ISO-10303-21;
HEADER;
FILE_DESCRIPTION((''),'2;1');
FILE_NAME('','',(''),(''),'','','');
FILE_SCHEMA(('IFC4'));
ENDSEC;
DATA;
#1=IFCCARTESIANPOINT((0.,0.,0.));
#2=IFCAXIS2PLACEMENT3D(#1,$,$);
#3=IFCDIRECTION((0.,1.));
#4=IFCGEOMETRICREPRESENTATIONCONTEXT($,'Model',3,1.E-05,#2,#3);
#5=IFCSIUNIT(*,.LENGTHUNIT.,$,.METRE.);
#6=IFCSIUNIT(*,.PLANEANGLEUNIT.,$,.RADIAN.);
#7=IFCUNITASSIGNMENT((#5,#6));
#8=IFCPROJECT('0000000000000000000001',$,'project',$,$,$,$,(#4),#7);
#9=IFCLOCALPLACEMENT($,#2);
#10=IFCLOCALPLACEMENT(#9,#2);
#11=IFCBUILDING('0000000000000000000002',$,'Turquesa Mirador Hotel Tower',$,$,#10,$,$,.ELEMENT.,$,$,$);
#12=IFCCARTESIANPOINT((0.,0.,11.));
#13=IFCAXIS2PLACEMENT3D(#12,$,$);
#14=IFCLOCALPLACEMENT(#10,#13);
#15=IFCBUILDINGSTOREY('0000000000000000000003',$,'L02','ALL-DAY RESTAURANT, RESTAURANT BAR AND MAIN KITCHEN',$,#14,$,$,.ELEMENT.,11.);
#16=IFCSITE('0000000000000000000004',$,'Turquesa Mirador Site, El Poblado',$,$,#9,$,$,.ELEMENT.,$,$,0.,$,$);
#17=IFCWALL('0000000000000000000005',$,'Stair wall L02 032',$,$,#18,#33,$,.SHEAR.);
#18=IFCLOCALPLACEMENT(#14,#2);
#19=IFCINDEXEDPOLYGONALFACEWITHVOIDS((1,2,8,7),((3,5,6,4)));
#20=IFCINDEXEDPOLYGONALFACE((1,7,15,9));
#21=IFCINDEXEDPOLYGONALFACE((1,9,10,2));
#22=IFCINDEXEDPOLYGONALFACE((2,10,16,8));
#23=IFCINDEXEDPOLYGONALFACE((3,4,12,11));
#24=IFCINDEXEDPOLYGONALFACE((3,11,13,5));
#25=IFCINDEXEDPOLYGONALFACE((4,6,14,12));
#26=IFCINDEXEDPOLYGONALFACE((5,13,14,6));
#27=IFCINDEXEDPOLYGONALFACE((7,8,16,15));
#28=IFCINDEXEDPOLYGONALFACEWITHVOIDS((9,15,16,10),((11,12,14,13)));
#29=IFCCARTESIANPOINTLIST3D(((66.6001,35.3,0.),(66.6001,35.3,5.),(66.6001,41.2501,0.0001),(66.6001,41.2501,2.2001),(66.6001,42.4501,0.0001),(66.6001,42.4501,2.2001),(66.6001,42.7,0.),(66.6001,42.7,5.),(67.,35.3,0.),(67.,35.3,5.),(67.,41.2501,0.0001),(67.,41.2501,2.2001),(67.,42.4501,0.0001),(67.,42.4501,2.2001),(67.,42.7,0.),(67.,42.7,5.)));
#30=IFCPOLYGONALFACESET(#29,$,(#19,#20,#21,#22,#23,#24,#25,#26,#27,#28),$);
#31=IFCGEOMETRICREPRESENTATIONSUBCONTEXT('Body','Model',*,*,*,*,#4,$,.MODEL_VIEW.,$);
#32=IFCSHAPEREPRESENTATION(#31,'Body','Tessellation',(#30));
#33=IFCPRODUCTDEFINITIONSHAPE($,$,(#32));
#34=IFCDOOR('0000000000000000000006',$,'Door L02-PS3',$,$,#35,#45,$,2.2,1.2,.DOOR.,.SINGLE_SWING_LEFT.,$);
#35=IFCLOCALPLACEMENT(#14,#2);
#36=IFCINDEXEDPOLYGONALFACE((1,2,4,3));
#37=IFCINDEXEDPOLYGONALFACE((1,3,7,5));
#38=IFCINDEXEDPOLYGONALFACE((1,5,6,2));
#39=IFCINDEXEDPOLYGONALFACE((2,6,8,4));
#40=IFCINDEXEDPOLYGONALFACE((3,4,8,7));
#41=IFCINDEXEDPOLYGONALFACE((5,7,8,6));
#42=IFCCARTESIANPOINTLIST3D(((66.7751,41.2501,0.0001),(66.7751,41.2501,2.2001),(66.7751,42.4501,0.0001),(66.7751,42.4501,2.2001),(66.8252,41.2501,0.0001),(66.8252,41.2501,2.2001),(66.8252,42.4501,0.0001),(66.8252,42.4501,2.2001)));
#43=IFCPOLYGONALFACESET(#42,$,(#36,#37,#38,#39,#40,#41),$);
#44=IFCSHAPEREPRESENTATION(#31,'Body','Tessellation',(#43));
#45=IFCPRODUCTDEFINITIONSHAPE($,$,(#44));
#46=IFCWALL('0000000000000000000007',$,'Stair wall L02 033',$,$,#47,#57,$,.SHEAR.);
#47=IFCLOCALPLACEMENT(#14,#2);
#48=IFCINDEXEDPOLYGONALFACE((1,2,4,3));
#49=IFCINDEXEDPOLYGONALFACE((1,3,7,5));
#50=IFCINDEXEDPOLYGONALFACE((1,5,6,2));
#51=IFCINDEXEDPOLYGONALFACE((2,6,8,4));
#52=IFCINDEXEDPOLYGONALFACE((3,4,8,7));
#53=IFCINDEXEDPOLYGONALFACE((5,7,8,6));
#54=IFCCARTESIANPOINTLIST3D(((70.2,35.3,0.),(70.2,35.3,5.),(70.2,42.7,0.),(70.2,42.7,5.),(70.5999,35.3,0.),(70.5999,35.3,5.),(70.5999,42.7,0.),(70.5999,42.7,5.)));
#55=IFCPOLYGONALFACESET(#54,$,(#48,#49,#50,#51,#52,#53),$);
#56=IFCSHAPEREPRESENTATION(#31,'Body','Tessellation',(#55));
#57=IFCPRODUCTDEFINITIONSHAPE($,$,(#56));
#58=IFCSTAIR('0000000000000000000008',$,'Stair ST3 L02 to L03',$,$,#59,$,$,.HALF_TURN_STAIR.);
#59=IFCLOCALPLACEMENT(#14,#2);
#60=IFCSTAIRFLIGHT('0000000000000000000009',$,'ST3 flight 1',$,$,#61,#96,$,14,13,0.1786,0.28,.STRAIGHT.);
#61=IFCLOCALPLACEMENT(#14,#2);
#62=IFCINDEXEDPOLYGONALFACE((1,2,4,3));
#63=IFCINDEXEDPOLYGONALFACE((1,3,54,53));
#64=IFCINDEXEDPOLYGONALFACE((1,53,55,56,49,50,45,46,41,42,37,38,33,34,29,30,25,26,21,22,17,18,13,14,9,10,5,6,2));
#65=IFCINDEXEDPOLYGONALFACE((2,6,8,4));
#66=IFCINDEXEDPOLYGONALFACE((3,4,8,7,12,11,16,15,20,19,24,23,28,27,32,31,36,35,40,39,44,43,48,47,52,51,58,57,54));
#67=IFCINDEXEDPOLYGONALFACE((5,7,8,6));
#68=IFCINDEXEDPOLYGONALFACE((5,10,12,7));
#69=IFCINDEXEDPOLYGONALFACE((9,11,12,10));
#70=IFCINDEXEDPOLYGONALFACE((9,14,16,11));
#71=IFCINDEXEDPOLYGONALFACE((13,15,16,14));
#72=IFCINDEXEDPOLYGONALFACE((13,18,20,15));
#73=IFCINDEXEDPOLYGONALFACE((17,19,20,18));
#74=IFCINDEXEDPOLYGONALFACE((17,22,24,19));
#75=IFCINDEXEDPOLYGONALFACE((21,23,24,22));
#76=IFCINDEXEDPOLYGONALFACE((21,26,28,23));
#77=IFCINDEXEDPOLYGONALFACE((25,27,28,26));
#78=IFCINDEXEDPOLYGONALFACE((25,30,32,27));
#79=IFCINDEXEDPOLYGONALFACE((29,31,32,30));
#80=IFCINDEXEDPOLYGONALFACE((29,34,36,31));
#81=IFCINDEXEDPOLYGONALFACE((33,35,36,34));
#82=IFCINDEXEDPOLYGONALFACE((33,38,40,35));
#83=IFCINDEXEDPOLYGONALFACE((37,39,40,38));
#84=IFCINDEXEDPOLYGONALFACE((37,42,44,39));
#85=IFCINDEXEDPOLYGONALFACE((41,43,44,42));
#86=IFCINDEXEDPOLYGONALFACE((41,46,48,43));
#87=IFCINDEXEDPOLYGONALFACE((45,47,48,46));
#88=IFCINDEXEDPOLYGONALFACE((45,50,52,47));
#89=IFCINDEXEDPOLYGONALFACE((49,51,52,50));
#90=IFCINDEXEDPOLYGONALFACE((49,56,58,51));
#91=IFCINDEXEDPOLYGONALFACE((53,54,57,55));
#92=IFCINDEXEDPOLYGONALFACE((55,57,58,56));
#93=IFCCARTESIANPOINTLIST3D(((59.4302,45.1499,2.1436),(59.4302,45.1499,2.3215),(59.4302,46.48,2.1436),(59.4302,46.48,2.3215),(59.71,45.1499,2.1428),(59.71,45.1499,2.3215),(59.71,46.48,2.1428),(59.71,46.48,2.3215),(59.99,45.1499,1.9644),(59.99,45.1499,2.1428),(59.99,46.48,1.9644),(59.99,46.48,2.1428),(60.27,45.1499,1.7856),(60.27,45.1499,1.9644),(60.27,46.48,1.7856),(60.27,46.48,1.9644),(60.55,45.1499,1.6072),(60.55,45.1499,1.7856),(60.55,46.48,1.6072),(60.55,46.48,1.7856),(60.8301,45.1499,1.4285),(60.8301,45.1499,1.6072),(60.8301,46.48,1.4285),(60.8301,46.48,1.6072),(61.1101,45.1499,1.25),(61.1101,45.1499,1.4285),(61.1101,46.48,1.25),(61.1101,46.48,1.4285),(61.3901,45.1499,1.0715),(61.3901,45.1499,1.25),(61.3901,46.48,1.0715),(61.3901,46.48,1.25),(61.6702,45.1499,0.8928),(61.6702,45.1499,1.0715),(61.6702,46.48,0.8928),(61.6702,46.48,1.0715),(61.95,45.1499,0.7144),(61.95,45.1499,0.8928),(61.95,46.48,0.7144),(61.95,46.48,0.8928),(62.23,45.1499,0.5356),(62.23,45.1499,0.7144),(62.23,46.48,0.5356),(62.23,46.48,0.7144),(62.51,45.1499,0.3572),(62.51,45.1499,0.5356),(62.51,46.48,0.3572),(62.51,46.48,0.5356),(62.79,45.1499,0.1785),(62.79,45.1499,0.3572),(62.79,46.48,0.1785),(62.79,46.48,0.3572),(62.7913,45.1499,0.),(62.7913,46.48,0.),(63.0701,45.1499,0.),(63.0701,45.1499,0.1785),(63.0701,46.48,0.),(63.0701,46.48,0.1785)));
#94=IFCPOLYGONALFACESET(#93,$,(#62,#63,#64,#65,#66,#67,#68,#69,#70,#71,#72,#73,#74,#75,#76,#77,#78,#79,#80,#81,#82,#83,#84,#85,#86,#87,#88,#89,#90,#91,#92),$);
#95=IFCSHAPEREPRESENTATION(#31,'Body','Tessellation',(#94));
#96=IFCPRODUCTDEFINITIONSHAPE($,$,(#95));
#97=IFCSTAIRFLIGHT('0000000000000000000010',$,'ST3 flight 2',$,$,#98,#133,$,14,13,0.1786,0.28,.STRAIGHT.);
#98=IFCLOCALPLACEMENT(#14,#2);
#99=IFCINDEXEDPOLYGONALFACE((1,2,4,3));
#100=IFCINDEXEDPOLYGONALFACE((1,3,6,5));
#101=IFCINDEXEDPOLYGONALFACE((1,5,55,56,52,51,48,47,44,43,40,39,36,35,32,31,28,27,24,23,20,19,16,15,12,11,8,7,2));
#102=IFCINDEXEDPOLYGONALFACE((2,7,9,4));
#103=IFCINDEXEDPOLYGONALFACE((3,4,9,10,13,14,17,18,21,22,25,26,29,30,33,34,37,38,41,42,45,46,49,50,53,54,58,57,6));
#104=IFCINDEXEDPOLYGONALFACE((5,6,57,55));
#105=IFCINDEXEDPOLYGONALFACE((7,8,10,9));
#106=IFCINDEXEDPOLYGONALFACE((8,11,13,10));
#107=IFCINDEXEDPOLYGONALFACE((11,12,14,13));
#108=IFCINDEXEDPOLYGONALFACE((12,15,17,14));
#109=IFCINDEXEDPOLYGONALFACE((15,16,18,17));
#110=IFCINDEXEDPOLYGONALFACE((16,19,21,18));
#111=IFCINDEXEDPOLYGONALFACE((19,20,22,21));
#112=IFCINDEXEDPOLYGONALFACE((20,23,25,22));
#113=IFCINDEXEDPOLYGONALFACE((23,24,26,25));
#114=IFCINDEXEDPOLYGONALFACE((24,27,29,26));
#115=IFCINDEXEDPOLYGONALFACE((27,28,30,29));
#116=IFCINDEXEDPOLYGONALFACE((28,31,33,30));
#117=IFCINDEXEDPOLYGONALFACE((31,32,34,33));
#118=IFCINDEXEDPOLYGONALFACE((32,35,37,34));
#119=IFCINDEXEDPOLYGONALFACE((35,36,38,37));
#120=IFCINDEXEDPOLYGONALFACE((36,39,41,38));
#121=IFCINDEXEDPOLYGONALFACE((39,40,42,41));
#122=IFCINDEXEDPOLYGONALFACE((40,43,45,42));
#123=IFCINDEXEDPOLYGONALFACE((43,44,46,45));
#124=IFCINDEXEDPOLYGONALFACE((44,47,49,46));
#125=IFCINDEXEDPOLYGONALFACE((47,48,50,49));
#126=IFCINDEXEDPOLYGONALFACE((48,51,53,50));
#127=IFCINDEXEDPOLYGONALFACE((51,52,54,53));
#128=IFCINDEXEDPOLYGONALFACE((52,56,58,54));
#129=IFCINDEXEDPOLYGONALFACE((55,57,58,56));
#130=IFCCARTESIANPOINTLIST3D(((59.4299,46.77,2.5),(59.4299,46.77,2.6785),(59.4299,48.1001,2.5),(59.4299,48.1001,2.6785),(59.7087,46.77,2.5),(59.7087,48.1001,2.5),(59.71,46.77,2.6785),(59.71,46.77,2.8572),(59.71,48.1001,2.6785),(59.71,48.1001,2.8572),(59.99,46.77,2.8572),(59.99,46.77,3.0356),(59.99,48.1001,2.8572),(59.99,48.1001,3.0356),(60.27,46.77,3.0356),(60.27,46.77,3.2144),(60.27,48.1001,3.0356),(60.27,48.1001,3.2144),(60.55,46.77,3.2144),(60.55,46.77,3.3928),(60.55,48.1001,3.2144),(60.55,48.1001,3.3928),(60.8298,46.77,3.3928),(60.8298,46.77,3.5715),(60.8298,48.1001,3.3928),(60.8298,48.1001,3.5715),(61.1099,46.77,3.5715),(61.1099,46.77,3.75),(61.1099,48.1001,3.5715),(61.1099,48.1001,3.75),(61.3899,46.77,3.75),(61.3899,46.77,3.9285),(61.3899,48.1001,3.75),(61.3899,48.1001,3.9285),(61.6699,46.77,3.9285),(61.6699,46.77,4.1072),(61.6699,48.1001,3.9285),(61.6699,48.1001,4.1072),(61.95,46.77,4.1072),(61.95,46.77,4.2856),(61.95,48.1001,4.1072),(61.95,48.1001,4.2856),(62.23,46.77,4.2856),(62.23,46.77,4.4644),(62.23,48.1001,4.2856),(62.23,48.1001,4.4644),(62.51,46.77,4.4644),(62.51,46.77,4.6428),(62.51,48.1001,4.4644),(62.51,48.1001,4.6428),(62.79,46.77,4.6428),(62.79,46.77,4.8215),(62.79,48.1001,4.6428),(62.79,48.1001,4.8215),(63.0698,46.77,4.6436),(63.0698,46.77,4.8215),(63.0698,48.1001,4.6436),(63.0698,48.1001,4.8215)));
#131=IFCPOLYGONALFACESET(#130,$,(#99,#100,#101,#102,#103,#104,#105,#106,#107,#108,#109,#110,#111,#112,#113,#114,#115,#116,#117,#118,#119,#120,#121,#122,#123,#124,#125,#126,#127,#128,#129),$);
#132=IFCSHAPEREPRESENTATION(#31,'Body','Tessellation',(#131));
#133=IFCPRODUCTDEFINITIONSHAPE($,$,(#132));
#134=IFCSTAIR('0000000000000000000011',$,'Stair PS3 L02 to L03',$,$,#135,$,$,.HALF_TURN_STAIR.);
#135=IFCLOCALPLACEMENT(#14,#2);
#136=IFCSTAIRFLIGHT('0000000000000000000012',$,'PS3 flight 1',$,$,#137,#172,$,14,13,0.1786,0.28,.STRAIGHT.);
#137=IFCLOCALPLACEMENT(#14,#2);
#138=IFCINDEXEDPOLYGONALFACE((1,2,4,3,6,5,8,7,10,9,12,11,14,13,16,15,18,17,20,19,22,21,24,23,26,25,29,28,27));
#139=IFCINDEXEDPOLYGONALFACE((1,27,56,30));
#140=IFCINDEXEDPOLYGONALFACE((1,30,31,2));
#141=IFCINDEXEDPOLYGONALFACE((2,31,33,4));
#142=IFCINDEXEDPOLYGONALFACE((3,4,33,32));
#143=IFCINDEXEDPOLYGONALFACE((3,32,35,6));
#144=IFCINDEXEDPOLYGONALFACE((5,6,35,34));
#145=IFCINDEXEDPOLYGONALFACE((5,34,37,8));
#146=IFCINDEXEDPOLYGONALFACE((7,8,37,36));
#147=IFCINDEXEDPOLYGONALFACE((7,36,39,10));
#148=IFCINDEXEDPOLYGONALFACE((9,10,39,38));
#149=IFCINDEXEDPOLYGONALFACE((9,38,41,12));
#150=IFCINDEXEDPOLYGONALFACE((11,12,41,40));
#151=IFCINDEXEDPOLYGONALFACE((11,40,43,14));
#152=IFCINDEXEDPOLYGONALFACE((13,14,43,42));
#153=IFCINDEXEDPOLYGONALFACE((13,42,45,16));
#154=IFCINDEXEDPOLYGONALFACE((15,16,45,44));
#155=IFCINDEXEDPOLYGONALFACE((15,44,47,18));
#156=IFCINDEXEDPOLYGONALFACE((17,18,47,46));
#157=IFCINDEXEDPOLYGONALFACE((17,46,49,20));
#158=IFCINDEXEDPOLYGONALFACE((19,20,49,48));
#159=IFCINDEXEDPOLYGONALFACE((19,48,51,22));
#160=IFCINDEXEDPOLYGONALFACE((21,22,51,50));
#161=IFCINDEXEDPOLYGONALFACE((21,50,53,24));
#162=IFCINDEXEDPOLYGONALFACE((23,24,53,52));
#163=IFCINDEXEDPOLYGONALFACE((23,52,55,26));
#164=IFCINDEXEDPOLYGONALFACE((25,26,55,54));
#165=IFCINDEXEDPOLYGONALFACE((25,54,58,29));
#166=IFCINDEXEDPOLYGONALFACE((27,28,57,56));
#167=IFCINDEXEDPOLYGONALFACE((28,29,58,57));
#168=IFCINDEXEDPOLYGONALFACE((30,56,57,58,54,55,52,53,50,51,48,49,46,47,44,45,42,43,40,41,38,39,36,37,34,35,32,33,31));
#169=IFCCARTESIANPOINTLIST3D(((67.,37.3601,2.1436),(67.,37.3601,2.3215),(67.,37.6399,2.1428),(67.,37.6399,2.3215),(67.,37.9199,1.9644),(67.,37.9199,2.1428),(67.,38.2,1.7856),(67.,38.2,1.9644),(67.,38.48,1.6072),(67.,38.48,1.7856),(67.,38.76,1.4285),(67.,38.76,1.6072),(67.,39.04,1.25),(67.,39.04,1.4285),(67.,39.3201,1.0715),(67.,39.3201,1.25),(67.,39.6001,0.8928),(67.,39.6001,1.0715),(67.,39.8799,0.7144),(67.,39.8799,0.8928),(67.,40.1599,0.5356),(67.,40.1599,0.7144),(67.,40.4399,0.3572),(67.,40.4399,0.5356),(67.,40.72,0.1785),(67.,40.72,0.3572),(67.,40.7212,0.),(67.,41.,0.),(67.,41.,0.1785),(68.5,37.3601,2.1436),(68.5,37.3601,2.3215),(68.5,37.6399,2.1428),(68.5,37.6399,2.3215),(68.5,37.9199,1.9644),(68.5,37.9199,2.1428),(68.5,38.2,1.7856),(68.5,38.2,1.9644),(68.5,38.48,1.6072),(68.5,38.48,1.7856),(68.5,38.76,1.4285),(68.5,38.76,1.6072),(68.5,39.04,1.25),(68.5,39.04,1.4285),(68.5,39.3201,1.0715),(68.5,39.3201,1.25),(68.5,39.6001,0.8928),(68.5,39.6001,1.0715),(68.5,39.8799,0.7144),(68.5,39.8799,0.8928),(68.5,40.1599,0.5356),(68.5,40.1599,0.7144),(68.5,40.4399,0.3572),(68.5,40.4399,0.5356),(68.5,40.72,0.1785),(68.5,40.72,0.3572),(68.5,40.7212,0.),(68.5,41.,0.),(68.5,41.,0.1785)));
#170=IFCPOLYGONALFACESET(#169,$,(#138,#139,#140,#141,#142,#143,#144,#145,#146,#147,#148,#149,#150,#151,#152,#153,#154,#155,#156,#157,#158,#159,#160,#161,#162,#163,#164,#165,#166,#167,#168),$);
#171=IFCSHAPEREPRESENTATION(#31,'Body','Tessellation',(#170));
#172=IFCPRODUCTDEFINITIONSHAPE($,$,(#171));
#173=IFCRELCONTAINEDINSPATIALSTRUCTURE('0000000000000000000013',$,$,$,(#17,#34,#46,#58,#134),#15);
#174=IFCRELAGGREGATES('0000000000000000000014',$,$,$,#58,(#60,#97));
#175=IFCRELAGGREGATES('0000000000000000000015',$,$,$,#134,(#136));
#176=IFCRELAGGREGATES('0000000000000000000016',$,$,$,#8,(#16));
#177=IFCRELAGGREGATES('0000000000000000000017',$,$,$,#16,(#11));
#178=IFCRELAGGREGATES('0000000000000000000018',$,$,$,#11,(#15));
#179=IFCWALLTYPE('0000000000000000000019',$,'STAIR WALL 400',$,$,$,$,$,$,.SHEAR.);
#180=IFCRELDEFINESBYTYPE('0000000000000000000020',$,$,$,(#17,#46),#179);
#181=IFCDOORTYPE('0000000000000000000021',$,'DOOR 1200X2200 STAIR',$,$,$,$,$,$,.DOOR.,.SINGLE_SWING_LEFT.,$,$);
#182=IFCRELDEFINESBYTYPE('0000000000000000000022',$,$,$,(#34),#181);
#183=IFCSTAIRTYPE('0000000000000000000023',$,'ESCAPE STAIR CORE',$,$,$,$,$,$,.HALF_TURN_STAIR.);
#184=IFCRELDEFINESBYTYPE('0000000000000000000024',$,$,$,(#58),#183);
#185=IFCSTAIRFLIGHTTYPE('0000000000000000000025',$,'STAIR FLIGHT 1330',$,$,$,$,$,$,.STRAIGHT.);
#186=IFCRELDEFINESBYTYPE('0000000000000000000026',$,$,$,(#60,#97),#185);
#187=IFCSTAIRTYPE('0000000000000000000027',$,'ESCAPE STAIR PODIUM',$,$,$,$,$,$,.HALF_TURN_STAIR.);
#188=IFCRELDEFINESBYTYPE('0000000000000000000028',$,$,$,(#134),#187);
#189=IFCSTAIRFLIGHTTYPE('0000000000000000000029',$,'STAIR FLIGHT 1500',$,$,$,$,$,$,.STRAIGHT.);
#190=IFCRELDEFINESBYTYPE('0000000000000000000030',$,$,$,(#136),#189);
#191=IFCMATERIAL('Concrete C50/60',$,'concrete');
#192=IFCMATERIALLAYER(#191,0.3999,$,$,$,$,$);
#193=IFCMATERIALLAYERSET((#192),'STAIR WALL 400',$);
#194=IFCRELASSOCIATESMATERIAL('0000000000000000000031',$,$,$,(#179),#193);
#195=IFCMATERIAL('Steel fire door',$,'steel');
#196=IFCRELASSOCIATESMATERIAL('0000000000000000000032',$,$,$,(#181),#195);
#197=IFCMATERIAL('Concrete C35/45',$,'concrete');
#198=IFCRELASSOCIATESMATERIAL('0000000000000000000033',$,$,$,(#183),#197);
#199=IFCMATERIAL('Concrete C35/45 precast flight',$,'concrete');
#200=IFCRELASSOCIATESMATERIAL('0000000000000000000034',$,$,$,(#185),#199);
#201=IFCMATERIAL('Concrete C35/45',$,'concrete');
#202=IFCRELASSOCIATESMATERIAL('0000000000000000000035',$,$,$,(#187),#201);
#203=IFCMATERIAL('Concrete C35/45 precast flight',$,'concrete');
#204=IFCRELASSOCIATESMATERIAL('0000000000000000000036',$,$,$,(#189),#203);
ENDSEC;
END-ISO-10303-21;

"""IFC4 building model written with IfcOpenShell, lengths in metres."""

from ifc_helpers import new_model, si_unit, direction, frame, frame_2d, origin, place, context, subcontext, project, spatial, polyline, rectangle, outline, extrude, material, layer, layer_set, type_object, element, fill, aggregate, save


model = new_model("IFC4")

# Units and contexts
model_context = context("Model", 3, precision=1e-05, world=origin(), true_north=direction((0.0, 1.0)))
body_context = subcontext(model_context, "Body", "Model", "MODEL_VIEW")
ifc_project = project(units=[si_unit("LENGTHUNIT", "METRE"), si_unit("PLANEANGLEUNIT", "RADIAN")], contexts=[model_context])

# Site, building, storey
site_placement = place(None, origin())
site = spatial("IfcSite", under=ifc_project, at=site_placement, Name="Turquesa Mirador Site, El Poblado", CompositionType="ELEMENT", RefElevation=0.0)
building_placement = place(site_placement, origin())
building = spatial("IfcBuilding", under=site, at=building_placement, Name="Turquesa Mirador Hotel Tower", CompositionType="ELEMENT")
storey_placement = place(building_placement, frame((0.0, 0.0, 11.0)))
storey = spatial("IfcBuildingStorey", under=building, at=storey_placement, Name="L02", Description="ALL-DAY RESTAURANT, RESTAURANT BAR AND MAIN KITCHEN", CompositionType="ELEMENT", Elevation=11.0)

# Shared definitions
ifc_material_1 = material(Name="Concrete C50/60", Category="concrete")
ifc_layer_1 = layer(ifc_material_1, 0.3999)
ifc_layer_set_1 = layer_set([ifc_layer_1], Name="STAIR WALL 400")
wall_type_1 = type_object("IfcWallType", Name="STAIR WALL 400", PredefinedType="SHEAR", material=ifc_layer_set_1)

# Wall, opening, door
wall_1_placement = place(storey_placement, frame((66.8, 35.3, 0.0), z_axis=(0.0, 0.0, 1.0), x_axis=(0.0, 1.0, 0.0)))
wall_1 = element("IfcWall", 1, at=wall_1_placement, inside=storey, type_object=wall_type_1, Name="Stair wall L02 032", PredefinedType="SHEAR", context=body_context, shape_type="SweptSolid", body=[
    extrude(rectangle(XDim=7.3999, YDim=0.3999, at=frame_2d((3.7, 0.0))), origin(), (0.0, 0.0, 1.0), 5.0),
])
opening_1_placement = place(wall_1_placement, frame((5.95, 0.0, 0.0)))
opening_1 = element("IfcOpeningElement", 2, at=opening_1_placement, cuts=wall_1, PredefinedType="OPENING", context=body_context, shape_type="SweptSolid", body=[
    extrude(rectangle(XDim=1.2, YDim=2.2, at=frame_2d((0.6001, 1.1001))), frame((0.0, 0.21, 0.0), z_axis=(0.0, -1.0, 0.0), x_axis=(1.0, 0.0, 0.0)), (0.0, 0.0, 1.0), 0.4199),
])
ifc_material_2 = material(Name="Steel fire door", Category="steel")
door_type_1 = type_object("IfcDoorType", Name="DOOR 1200X2200 STAIR", OperationType="SINGLE_SWING_LEFT", PredefinedType="DOOR", material=ifc_material_2)
door_1_placement = place(opening_1_placement, origin())
door_1 = element("IfcDoor", 3, at=door_1_placement, inside=storey, type_object=door_type_1, Name="Door L02-PS3", OperationType="SINGLE_SWING_LEFT", OverallHeight=2.2, OverallWidth=1.2, PredefinedType="DOOR", context=body_context, shape_type="SweptSolid", body=[
    extrude(rectangle(XDim=1.2, YDim=2.2, at=frame_2d((0.6001, 1.1001))), frame((0.0, 0.0249, 0.0), z_axis=(0.0, -1.0, 0.0), x_axis=(1.0, 0.0, 0.0)), (0.0, 0.0, 1.0), 0.05),
])
fill(opening_1, door_1)

# Wall
wall_2_placement = place(storey_placement, frame((70.3999, 35.3, 0.0), z_axis=(0.0, 0.0, 1.0), x_axis=(0.0, 1.0, 0.0)))
element("IfcWall", 4, at=wall_2_placement, inside=storey, type_object=wall_type_1, Name="Stair wall L02 033", PredefinedType="SHEAR", context=body_context, shape_type="SweptSolid", body=[
    extrude(rectangle(XDim=7.3999, YDim=0.3999, at=frame_2d((3.7, 0.0))), origin(), (0.0, 0.0, 1.0), 5.0),
])

# Stairs, stair flights
ifc_material_3 = material(Name="Concrete C35/45", Category="concrete")
stair_type_1 = type_object("IfcStairType", Name="ESCAPE STAIR CORE", PredefinedType="HALF_TURN_STAIR", material=ifc_material_3)
stair_1_placement = place(storey_placement, origin())
stair_1 = element("IfcStair", 5, at=stair_1_placement, inside=storey, type_object=stair_type_1, Name="Stair ST3 L02 to L03", PredefinedType="HALF_TURN_STAIR")
ifc_material_4 = material(Name="Concrete C35/45 precast flight", Category="concrete")
stair_flight_type_1 = type_object("IfcStairFlightType", Name="STAIR FLIGHT 1330", PredefinedType="STRAIGHT", material=ifc_material_4)
stair_flight_1_placement = place(storey_placement, frame((63.0701, 45.8149, 0.0), z_axis=(0.0, 0.0, 1.0), x_axis=(-1.0, 0.0, 0.0)))
stair_flight_1 = element("IfcStairFlight", 6, at=stair_flight_1_placement, type_object=stair_flight_type_1, Name="ST3 flight 1", NumberOfRisers=14, NumberOfTreads=13, PredefinedType="STRAIGHT", RiserHeight=0.1786, TreadLength=0.28, context=body_context, shape_type="SweptSolid", body=[
    extrude(outline(polyline([(0.0, 0.0), (0.0, 0.1785), (0.28, 0.1785), (0.28, 0.3572), (0.5601, 0.3572), (0.5601, 0.5356), (0.8401, 0.5356), (0.8401, 0.7144), (1.1201, 0.7144), (1.1201, 0.8928), (1.3999, 0.8928), (1.3999, 1.0715), (1.6799, 1.0715), (1.6799, 1.25), (1.96, 1.25), (1.96, 1.4285), (2.24, 1.4285), (2.24, 1.6072), (2.52, 1.6072), (2.52, 1.7856), (2.8, 1.7856), (2.8, 1.9644), (3.0801, 1.9644), (3.0801, 2.1428), (3.3601, 2.1428), (3.3601, 2.3215), (3.6399, 2.3215), (3.6399, 2.5), (3.6399, 2.1436), (0.2788, 0.0), (0.0, 0.0)])), frame((0.0, 0.665, 0.0), z_axis=(0.0, -1.0, 0.0), x_axis=(1.0, 0.0, 0.0)), (0.0, 0.0, 1.0), 1.3301),
])
stair_flight_2_placement = place(storey_placement, frame((59.4299, 47.4351, 2.5), z_axis=(0.0, 0.0, 1.0), x_axis=(1.0, 0.0, 0.0)))
stair_flight_2 = element("IfcStairFlight", 7, at=stair_flight_2_placement, type_object=stair_flight_type_1, Name="ST3 flight 2", NumberOfRisers=14, NumberOfTreads=13, PredefinedType="STRAIGHT", RiserHeight=0.1786, TreadLength=0.28, context=body_context, shape_type="SweptSolid", body=[
    extrude(outline(polyline([(0.0, 0.0), (0.0, 0.1785), (0.28, 0.1785), (0.28, 0.3572), (0.5601, 0.3572), (0.5601, 0.5356), (0.8401, 0.5356), (0.8401, 0.7144), (1.1201, 0.7144), (1.1201, 0.8928), (1.3999, 0.8928), (1.3999, 1.0715), (1.6799, 1.0715), (1.6799, 1.25), (1.96, 1.25), (1.96, 1.4285), (2.24, 1.4285), (2.24, 1.6072), (2.52, 1.6072), (2.52, 1.7856), (2.8, 1.7856), (2.8, 1.9644), (3.0801, 1.9644), (3.0801, 2.1428), (3.3601, 2.1428), (3.3601, 2.3215), (3.6399, 2.3215), (3.6399, 2.5), (3.6399, 2.1436), (0.2788, 0.0), (0.0, 0.0)])), frame((0.0, 0.665, 0.0), z_axis=(0.0, -1.0, 0.0), x_axis=(1.0, 0.0, 0.0)), (0.0, 0.0, 1.0), 1.3301),
])
aggregate(stair_1, [stair_flight_1, stair_flight_2])
ifc_material_5 = material(Name="Concrete C35/45", Category="concrete")
stair_type_2 = type_object("IfcStairType", Name="ESCAPE STAIR PODIUM", PredefinedType="HALF_TURN_STAIR", material=ifc_material_5)
stair_2_placement = place(storey_placement, origin())
stair_2 = element("IfcStair", 8, at=stair_2_placement, inside=storey, type_object=stair_type_2, Name="Stair PS3 L02 to L03", PredefinedType="HALF_TURN_STAIR")
ifc_material_6 = material(Name="Concrete C35/45 precast flight", Category="concrete")
stair_flight_type_2 = type_object("IfcStairFlightType", Name="STAIR FLIGHT 1500", PredefinedType="STRAIGHT", material=ifc_material_6)
stair_flight_3_placement = place(storey_placement, frame((67.75, 41.0, 0.0), z_axis=(0.0, 0.0, 1.0), x_axis=(0.0, -1.0, 0.0)))
stair_flight_3 = element("IfcStairFlight", 9, at=stair_flight_3_placement, type_object=stair_flight_type_2, Name="PS3 flight 1", NumberOfRisers=14, NumberOfTreads=13, PredefinedType="STRAIGHT", RiserHeight=0.1786, TreadLength=0.28, context=body_context, shape_type="SweptSolid", body=[
    extrude(outline(polyline([(0.0, 0.0), (0.0, 0.1785), (0.28, 0.1785), (0.28, 0.3572), (0.5601, 0.3572), (0.5601, 0.5356), (0.8401, 0.5356), (0.8401, 0.7144), (1.1201, 0.7144), (1.1201, 0.8928), (1.3999, 0.8928), (1.3999, 1.0715), (1.6799, 1.0715), (1.6799, 1.25), (1.96, 1.25), (1.96, 1.4285), (2.24, 1.4285), (2.24, 1.6072), (2.52, 1.6072), (2.52, 1.7856), (2.8, 1.7856), (2.8, 1.9644), (3.0801, 1.9644), (3.0801, 2.1428), (3.3601, 2.1428), (3.3601, 2.3215), (3.6399, 2.3215), (3.6399, 2.5), (3.6399, 2.1436), (0.2788, 0.0), (0.0, 0.0)])), frame((0.0, 0.75, 0.0), z_axis=(0.0, -1.0, 0.0), x_axis=(1.0, 0.0, 0.0)), (0.0, 0.0, 1.0), 1.5),
])
aggregate(stair_2, [stair_flight_3])

save(model, "model.ifc")
